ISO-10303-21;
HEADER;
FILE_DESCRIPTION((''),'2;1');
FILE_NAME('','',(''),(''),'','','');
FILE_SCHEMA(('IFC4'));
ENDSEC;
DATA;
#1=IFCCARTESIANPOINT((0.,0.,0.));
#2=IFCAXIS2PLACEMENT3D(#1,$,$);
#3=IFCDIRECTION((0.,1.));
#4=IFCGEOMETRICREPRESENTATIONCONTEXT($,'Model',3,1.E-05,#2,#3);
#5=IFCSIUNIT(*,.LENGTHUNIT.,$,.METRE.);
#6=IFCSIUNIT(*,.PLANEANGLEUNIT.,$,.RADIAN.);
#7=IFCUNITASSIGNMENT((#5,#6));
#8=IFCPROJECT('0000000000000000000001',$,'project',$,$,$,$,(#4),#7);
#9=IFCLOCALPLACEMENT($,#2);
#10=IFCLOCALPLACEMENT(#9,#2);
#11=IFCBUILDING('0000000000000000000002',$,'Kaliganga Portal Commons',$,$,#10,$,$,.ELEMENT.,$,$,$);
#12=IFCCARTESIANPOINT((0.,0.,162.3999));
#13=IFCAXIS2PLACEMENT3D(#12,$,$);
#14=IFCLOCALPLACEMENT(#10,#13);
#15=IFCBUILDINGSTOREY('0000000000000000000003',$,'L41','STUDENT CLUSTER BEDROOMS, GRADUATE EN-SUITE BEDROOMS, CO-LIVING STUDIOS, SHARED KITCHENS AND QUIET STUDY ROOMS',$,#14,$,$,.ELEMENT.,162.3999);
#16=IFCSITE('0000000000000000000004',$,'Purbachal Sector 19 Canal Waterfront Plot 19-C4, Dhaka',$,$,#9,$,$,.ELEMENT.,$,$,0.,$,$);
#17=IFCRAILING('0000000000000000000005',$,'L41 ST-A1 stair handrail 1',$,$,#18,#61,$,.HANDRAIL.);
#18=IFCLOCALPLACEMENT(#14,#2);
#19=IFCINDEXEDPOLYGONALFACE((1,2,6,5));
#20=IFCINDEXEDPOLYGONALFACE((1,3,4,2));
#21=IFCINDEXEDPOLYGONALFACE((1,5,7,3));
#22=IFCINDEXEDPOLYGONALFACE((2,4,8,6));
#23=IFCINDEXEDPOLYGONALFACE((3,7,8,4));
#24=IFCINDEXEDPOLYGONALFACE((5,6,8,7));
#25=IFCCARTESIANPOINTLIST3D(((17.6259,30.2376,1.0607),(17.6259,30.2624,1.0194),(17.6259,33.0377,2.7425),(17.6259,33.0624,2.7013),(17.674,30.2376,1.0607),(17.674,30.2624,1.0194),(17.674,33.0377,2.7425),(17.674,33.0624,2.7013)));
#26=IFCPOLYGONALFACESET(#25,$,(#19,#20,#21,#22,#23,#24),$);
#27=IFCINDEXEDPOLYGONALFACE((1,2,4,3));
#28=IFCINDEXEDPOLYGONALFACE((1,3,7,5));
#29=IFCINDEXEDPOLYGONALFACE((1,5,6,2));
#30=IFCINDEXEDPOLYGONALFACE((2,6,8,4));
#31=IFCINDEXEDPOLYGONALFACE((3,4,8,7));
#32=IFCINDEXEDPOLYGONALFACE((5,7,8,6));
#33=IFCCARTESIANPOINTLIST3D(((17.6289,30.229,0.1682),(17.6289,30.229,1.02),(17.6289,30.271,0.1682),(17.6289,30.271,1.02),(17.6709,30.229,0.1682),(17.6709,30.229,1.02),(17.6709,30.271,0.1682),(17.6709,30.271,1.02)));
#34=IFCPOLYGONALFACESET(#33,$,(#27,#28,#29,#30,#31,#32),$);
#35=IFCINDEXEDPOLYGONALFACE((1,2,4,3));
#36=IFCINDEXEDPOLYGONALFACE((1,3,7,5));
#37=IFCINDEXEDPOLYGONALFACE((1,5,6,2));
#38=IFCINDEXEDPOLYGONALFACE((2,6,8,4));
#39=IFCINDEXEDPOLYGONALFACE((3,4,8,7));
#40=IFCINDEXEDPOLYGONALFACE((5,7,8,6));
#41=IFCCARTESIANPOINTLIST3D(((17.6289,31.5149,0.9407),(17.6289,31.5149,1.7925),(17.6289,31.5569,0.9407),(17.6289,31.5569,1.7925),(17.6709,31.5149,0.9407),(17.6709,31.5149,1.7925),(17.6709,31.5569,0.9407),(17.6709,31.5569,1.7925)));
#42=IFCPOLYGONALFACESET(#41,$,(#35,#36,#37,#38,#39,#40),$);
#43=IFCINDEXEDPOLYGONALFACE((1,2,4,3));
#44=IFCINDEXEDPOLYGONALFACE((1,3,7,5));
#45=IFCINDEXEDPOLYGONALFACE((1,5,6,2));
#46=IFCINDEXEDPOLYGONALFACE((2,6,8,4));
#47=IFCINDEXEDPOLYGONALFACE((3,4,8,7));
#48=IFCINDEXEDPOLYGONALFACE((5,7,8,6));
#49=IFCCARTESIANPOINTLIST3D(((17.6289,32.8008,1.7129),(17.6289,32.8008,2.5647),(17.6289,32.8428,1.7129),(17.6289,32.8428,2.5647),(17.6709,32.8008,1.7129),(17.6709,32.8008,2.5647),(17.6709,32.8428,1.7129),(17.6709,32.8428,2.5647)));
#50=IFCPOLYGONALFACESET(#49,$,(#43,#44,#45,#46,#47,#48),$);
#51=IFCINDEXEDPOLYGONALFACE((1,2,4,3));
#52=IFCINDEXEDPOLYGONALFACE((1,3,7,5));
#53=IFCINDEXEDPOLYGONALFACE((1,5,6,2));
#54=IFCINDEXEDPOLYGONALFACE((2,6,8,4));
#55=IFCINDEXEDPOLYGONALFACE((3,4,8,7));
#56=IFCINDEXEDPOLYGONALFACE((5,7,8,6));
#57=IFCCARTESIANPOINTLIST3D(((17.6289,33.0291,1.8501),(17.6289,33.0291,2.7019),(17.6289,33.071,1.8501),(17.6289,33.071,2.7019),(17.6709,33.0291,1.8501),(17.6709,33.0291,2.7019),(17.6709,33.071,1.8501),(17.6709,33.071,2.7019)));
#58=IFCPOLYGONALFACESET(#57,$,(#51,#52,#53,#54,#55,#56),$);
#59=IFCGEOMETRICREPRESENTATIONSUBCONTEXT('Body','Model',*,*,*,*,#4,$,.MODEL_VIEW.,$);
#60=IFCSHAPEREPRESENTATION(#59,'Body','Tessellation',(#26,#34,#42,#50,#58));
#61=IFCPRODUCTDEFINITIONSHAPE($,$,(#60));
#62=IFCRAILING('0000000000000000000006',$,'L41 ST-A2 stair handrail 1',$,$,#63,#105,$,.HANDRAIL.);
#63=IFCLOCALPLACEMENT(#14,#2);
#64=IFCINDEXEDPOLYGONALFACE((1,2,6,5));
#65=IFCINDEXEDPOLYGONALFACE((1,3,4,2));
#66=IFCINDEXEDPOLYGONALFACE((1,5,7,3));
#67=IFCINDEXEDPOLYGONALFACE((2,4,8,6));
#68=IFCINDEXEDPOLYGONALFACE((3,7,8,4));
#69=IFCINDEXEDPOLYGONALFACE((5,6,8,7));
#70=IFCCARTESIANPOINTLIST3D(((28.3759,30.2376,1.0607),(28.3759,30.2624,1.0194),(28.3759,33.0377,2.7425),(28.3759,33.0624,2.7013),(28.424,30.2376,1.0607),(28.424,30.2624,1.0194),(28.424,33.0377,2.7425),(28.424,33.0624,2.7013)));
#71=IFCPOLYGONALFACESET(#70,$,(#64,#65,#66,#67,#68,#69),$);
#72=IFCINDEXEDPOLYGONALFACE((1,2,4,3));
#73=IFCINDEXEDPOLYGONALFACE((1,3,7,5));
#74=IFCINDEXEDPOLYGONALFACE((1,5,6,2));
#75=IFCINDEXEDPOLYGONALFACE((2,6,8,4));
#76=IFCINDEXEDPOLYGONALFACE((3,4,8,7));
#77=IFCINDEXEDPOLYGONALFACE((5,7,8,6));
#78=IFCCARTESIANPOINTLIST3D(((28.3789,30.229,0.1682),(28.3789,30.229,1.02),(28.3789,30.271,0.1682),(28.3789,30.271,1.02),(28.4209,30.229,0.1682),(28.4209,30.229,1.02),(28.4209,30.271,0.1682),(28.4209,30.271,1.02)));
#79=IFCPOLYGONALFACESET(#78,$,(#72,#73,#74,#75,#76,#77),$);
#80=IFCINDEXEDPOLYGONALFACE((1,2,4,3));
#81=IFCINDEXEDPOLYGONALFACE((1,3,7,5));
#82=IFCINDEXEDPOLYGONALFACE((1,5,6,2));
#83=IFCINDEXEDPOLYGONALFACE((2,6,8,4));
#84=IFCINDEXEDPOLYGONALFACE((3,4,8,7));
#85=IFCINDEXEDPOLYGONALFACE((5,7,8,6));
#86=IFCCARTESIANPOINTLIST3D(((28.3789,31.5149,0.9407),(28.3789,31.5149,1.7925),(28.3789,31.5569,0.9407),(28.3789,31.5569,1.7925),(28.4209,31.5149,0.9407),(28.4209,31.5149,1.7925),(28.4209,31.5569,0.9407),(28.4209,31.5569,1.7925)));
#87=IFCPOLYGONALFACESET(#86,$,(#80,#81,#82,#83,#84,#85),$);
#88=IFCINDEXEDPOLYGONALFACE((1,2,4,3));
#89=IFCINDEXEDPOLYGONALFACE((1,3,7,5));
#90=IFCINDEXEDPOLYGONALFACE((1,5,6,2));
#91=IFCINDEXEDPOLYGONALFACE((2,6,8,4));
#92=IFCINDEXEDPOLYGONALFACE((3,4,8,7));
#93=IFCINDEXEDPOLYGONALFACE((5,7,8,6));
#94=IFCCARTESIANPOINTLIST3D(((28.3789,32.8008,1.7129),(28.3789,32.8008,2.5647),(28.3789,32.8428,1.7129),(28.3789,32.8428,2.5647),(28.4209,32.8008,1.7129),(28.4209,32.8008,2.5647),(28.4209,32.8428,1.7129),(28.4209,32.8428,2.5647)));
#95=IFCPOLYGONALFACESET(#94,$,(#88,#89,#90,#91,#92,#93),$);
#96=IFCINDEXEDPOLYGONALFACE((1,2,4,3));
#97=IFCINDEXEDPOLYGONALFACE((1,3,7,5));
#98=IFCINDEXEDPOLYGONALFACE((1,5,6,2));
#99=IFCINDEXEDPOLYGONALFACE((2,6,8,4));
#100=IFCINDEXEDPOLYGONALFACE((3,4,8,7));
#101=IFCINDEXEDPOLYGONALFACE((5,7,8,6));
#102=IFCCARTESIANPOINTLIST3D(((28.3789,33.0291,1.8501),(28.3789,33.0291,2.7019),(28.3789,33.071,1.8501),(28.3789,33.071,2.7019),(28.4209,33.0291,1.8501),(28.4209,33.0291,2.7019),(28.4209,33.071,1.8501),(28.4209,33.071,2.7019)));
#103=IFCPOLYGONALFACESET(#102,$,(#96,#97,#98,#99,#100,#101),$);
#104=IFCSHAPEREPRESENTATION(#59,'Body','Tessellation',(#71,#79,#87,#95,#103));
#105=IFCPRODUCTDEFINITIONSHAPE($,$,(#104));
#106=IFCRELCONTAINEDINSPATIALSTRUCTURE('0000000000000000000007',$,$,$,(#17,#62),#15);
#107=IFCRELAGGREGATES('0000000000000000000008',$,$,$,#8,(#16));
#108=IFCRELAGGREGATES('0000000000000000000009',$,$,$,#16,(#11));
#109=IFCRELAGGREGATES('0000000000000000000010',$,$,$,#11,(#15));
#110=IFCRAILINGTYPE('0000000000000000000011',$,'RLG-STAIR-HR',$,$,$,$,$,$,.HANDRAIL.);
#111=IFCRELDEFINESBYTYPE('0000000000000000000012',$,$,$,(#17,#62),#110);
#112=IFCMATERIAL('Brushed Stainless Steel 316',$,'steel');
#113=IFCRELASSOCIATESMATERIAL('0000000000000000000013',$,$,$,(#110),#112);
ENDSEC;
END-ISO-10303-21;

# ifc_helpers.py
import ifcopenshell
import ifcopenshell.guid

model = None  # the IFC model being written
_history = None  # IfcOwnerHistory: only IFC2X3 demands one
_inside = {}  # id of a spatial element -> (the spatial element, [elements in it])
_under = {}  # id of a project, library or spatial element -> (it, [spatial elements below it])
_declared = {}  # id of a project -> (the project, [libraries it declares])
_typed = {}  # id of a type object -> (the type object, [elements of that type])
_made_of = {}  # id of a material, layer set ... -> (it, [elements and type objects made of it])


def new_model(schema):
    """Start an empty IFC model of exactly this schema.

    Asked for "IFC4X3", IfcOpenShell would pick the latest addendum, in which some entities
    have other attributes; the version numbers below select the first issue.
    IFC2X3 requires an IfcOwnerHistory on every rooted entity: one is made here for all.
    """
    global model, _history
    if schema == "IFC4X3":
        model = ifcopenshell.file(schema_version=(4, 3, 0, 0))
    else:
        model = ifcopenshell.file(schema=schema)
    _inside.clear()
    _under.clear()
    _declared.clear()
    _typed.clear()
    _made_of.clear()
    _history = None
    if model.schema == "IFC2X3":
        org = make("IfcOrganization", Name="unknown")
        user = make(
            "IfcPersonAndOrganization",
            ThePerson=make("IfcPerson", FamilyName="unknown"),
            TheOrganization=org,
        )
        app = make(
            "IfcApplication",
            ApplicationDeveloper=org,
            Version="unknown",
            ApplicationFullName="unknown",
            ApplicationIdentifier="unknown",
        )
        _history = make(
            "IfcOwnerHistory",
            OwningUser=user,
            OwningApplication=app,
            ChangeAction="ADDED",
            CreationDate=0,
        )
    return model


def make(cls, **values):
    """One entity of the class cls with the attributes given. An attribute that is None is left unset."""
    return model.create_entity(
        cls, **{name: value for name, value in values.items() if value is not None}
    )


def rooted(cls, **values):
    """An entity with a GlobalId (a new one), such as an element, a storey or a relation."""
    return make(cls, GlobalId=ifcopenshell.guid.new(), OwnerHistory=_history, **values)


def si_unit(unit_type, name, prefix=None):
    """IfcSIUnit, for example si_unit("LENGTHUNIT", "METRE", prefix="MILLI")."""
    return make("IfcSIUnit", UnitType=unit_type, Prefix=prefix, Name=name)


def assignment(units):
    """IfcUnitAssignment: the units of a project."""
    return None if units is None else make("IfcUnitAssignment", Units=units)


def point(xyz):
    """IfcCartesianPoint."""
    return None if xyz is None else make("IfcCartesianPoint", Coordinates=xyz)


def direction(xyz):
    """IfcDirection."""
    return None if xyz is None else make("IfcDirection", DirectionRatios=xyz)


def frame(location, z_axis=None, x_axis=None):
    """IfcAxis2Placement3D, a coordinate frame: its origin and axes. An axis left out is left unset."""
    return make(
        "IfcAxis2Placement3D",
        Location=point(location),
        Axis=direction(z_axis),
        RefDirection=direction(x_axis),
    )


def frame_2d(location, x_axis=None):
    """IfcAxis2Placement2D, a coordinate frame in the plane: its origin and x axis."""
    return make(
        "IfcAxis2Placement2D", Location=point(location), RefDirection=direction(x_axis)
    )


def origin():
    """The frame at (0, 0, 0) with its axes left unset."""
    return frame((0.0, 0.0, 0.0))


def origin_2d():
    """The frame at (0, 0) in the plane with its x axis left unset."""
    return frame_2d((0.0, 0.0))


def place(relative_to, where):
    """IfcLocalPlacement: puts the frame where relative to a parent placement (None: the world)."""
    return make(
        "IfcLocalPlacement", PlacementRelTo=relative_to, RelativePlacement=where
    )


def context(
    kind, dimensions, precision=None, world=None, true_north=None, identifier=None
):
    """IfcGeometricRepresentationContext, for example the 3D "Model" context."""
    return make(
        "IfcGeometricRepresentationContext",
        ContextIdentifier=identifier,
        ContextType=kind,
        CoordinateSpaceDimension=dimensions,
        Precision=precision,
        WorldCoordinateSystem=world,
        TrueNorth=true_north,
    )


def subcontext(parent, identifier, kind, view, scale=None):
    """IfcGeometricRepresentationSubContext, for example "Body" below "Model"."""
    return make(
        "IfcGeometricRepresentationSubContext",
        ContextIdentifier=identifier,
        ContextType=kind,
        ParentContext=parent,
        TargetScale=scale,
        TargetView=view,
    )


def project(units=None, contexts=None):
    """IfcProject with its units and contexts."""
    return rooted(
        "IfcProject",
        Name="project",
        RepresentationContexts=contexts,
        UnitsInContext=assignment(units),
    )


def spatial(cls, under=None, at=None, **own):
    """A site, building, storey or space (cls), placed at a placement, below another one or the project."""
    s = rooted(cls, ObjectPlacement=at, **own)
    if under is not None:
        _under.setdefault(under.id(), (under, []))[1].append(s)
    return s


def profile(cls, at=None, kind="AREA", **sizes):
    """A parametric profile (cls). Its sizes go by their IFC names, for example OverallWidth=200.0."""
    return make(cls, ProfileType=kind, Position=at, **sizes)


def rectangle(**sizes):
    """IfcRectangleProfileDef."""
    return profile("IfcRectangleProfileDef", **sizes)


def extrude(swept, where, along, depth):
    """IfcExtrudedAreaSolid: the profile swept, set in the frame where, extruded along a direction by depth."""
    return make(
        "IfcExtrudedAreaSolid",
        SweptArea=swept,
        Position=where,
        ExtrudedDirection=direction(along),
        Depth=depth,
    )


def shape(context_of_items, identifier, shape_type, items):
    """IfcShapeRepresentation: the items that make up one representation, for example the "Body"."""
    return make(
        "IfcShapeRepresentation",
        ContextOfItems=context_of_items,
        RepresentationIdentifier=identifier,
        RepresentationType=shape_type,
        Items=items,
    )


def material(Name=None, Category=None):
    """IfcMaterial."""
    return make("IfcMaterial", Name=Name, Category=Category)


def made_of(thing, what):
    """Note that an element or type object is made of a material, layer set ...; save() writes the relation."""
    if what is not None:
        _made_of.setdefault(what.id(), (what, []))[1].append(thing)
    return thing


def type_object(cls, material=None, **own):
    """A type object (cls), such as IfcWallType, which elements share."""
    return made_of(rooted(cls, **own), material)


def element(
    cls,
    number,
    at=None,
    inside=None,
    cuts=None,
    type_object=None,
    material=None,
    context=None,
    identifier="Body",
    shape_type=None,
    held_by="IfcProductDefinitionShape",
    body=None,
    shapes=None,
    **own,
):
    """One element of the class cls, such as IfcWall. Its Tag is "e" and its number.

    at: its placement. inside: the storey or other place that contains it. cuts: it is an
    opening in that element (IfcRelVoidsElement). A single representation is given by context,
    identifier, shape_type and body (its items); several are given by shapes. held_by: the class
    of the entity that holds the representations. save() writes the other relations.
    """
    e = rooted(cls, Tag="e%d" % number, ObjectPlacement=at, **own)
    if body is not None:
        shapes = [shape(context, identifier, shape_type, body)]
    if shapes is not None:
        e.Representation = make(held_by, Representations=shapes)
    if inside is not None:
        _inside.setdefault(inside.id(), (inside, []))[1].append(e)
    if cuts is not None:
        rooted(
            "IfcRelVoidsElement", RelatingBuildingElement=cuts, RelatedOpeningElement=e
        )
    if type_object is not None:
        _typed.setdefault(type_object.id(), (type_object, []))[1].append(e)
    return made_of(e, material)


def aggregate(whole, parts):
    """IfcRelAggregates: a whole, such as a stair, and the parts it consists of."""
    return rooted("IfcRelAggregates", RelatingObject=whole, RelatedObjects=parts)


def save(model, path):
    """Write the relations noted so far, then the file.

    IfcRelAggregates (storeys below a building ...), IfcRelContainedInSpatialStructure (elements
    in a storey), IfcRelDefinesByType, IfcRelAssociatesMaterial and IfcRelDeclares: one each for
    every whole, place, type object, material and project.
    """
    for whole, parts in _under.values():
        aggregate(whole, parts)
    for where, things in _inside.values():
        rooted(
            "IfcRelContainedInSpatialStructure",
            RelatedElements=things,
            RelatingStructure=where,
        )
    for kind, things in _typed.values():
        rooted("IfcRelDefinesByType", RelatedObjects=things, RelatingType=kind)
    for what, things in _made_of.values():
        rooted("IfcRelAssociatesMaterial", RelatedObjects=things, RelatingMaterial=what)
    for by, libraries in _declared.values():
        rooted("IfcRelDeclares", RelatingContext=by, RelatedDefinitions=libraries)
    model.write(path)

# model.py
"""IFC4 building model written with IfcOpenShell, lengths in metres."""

from ifc_helpers import new_model, si_unit, direction, frame, origin, origin_2d, place, context, subcontext, project, spatial, rectangle, extrude, material, type_object, element, save


model = new_model("IFC4")

# Units and contexts
model_context = context("Model", 3, precision=1e-05, world=origin(), true_north=direction((0.0, 1.0)))
body_context = subcontext(model_context, "Body", "Model", "MODEL_VIEW")
ifc_project = project(units=[si_unit("LENGTHUNIT", "METRE"), si_unit("PLANEANGLEUNIT", "RADIAN")], contexts=[model_context])

# Site, building, storey
site_placement = place(None, origin())
site = spatial("IfcSite", under=ifc_project, at=site_placement, Name="Purbachal Sector 19 Canal Waterfront Plot 19-C4, Dhaka", CompositionType="ELEMENT", RefElevation=0.0)
building_placement = place(site_placement, origin())
building = spatial("IfcBuilding", under=site, at=building_placement, Name="Kaliganga Portal Commons", CompositionType="ELEMENT")
storey_placement = place(building_placement, frame((0.0, 0.0, 162.3999)))
storey = spatial("IfcBuildingStorey", under=building, at=storey_placement, Name="L41", Description="STUDENT CLUSTER BEDROOMS, GRADUATE EN-SUITE BEDROOMS, CO-LIVING STUDIOS, SHARED KITCHENS AND QUIET STUDY ROOMS", CompositionType="ELEMENT", Elevation=162.3999)

# Railings
ifc_material_1 = material(Name="Brushed Stainless Steel 316", Category="steel")
railing_type_1 = type_object("IfcRailingType", Name="RLG-STAIR-HR", PredefinedType="HANDRAIL", material=ifc_material_1)
for number, where, name in (
    (1, (17.6499, 30.25, 0.1682), "L41 ST-A1 stair handrail 1"),
    (2, (28.3999, 30.25, 0.1682), "L41 ST-A2 stair handrail 1"),
):
    element("IfcRailing", number, at=place(storey_placement, frame(where)), inside=storey, type_object=railing_type_1, Name=name, PredefinedType="HANDRAIL", context=body_context, shape_type="SweptSolid", body=[
        extrude(rectangle(XDim=0.0481, YDim=0.0481, at=origin_2d()), frame((0.0, 0.0, 0.8718), z_axis=(0.0, 0.857242, 0.514913), x_axis=(-1.0, 0.0, 0.0)), (0.0, 0.0, 1.0), 3.2664),
        extrude(rectangle(XDim=0.042, YDim=0.042, at=origin_2d()), origin(), (0.0, 0.0, 1.0), 0.8518),
        extrude(rectangle(XDim=0.042, YDim=0.042, at=origin_2d()), frame((0.0, 1.2859, 0.7725)), (0.0, 0.0, 1.0), 0.8518),
        extrude(rectangle(XDim=0.042, YDim=0.042, at=origin_2d()), frame((0.0, 2.5718, 1.5447)), (0.0, 0.0, 1.0), 0.8518),
        extrude(rectangle(XDim=0.042, YDim=0.042, at=origin_2d()), frame((0.0, 2.8, 1.6819)), (0.0, 0.0, 1.0), 0.8518),
    ])

save(model, "model.ifc")
